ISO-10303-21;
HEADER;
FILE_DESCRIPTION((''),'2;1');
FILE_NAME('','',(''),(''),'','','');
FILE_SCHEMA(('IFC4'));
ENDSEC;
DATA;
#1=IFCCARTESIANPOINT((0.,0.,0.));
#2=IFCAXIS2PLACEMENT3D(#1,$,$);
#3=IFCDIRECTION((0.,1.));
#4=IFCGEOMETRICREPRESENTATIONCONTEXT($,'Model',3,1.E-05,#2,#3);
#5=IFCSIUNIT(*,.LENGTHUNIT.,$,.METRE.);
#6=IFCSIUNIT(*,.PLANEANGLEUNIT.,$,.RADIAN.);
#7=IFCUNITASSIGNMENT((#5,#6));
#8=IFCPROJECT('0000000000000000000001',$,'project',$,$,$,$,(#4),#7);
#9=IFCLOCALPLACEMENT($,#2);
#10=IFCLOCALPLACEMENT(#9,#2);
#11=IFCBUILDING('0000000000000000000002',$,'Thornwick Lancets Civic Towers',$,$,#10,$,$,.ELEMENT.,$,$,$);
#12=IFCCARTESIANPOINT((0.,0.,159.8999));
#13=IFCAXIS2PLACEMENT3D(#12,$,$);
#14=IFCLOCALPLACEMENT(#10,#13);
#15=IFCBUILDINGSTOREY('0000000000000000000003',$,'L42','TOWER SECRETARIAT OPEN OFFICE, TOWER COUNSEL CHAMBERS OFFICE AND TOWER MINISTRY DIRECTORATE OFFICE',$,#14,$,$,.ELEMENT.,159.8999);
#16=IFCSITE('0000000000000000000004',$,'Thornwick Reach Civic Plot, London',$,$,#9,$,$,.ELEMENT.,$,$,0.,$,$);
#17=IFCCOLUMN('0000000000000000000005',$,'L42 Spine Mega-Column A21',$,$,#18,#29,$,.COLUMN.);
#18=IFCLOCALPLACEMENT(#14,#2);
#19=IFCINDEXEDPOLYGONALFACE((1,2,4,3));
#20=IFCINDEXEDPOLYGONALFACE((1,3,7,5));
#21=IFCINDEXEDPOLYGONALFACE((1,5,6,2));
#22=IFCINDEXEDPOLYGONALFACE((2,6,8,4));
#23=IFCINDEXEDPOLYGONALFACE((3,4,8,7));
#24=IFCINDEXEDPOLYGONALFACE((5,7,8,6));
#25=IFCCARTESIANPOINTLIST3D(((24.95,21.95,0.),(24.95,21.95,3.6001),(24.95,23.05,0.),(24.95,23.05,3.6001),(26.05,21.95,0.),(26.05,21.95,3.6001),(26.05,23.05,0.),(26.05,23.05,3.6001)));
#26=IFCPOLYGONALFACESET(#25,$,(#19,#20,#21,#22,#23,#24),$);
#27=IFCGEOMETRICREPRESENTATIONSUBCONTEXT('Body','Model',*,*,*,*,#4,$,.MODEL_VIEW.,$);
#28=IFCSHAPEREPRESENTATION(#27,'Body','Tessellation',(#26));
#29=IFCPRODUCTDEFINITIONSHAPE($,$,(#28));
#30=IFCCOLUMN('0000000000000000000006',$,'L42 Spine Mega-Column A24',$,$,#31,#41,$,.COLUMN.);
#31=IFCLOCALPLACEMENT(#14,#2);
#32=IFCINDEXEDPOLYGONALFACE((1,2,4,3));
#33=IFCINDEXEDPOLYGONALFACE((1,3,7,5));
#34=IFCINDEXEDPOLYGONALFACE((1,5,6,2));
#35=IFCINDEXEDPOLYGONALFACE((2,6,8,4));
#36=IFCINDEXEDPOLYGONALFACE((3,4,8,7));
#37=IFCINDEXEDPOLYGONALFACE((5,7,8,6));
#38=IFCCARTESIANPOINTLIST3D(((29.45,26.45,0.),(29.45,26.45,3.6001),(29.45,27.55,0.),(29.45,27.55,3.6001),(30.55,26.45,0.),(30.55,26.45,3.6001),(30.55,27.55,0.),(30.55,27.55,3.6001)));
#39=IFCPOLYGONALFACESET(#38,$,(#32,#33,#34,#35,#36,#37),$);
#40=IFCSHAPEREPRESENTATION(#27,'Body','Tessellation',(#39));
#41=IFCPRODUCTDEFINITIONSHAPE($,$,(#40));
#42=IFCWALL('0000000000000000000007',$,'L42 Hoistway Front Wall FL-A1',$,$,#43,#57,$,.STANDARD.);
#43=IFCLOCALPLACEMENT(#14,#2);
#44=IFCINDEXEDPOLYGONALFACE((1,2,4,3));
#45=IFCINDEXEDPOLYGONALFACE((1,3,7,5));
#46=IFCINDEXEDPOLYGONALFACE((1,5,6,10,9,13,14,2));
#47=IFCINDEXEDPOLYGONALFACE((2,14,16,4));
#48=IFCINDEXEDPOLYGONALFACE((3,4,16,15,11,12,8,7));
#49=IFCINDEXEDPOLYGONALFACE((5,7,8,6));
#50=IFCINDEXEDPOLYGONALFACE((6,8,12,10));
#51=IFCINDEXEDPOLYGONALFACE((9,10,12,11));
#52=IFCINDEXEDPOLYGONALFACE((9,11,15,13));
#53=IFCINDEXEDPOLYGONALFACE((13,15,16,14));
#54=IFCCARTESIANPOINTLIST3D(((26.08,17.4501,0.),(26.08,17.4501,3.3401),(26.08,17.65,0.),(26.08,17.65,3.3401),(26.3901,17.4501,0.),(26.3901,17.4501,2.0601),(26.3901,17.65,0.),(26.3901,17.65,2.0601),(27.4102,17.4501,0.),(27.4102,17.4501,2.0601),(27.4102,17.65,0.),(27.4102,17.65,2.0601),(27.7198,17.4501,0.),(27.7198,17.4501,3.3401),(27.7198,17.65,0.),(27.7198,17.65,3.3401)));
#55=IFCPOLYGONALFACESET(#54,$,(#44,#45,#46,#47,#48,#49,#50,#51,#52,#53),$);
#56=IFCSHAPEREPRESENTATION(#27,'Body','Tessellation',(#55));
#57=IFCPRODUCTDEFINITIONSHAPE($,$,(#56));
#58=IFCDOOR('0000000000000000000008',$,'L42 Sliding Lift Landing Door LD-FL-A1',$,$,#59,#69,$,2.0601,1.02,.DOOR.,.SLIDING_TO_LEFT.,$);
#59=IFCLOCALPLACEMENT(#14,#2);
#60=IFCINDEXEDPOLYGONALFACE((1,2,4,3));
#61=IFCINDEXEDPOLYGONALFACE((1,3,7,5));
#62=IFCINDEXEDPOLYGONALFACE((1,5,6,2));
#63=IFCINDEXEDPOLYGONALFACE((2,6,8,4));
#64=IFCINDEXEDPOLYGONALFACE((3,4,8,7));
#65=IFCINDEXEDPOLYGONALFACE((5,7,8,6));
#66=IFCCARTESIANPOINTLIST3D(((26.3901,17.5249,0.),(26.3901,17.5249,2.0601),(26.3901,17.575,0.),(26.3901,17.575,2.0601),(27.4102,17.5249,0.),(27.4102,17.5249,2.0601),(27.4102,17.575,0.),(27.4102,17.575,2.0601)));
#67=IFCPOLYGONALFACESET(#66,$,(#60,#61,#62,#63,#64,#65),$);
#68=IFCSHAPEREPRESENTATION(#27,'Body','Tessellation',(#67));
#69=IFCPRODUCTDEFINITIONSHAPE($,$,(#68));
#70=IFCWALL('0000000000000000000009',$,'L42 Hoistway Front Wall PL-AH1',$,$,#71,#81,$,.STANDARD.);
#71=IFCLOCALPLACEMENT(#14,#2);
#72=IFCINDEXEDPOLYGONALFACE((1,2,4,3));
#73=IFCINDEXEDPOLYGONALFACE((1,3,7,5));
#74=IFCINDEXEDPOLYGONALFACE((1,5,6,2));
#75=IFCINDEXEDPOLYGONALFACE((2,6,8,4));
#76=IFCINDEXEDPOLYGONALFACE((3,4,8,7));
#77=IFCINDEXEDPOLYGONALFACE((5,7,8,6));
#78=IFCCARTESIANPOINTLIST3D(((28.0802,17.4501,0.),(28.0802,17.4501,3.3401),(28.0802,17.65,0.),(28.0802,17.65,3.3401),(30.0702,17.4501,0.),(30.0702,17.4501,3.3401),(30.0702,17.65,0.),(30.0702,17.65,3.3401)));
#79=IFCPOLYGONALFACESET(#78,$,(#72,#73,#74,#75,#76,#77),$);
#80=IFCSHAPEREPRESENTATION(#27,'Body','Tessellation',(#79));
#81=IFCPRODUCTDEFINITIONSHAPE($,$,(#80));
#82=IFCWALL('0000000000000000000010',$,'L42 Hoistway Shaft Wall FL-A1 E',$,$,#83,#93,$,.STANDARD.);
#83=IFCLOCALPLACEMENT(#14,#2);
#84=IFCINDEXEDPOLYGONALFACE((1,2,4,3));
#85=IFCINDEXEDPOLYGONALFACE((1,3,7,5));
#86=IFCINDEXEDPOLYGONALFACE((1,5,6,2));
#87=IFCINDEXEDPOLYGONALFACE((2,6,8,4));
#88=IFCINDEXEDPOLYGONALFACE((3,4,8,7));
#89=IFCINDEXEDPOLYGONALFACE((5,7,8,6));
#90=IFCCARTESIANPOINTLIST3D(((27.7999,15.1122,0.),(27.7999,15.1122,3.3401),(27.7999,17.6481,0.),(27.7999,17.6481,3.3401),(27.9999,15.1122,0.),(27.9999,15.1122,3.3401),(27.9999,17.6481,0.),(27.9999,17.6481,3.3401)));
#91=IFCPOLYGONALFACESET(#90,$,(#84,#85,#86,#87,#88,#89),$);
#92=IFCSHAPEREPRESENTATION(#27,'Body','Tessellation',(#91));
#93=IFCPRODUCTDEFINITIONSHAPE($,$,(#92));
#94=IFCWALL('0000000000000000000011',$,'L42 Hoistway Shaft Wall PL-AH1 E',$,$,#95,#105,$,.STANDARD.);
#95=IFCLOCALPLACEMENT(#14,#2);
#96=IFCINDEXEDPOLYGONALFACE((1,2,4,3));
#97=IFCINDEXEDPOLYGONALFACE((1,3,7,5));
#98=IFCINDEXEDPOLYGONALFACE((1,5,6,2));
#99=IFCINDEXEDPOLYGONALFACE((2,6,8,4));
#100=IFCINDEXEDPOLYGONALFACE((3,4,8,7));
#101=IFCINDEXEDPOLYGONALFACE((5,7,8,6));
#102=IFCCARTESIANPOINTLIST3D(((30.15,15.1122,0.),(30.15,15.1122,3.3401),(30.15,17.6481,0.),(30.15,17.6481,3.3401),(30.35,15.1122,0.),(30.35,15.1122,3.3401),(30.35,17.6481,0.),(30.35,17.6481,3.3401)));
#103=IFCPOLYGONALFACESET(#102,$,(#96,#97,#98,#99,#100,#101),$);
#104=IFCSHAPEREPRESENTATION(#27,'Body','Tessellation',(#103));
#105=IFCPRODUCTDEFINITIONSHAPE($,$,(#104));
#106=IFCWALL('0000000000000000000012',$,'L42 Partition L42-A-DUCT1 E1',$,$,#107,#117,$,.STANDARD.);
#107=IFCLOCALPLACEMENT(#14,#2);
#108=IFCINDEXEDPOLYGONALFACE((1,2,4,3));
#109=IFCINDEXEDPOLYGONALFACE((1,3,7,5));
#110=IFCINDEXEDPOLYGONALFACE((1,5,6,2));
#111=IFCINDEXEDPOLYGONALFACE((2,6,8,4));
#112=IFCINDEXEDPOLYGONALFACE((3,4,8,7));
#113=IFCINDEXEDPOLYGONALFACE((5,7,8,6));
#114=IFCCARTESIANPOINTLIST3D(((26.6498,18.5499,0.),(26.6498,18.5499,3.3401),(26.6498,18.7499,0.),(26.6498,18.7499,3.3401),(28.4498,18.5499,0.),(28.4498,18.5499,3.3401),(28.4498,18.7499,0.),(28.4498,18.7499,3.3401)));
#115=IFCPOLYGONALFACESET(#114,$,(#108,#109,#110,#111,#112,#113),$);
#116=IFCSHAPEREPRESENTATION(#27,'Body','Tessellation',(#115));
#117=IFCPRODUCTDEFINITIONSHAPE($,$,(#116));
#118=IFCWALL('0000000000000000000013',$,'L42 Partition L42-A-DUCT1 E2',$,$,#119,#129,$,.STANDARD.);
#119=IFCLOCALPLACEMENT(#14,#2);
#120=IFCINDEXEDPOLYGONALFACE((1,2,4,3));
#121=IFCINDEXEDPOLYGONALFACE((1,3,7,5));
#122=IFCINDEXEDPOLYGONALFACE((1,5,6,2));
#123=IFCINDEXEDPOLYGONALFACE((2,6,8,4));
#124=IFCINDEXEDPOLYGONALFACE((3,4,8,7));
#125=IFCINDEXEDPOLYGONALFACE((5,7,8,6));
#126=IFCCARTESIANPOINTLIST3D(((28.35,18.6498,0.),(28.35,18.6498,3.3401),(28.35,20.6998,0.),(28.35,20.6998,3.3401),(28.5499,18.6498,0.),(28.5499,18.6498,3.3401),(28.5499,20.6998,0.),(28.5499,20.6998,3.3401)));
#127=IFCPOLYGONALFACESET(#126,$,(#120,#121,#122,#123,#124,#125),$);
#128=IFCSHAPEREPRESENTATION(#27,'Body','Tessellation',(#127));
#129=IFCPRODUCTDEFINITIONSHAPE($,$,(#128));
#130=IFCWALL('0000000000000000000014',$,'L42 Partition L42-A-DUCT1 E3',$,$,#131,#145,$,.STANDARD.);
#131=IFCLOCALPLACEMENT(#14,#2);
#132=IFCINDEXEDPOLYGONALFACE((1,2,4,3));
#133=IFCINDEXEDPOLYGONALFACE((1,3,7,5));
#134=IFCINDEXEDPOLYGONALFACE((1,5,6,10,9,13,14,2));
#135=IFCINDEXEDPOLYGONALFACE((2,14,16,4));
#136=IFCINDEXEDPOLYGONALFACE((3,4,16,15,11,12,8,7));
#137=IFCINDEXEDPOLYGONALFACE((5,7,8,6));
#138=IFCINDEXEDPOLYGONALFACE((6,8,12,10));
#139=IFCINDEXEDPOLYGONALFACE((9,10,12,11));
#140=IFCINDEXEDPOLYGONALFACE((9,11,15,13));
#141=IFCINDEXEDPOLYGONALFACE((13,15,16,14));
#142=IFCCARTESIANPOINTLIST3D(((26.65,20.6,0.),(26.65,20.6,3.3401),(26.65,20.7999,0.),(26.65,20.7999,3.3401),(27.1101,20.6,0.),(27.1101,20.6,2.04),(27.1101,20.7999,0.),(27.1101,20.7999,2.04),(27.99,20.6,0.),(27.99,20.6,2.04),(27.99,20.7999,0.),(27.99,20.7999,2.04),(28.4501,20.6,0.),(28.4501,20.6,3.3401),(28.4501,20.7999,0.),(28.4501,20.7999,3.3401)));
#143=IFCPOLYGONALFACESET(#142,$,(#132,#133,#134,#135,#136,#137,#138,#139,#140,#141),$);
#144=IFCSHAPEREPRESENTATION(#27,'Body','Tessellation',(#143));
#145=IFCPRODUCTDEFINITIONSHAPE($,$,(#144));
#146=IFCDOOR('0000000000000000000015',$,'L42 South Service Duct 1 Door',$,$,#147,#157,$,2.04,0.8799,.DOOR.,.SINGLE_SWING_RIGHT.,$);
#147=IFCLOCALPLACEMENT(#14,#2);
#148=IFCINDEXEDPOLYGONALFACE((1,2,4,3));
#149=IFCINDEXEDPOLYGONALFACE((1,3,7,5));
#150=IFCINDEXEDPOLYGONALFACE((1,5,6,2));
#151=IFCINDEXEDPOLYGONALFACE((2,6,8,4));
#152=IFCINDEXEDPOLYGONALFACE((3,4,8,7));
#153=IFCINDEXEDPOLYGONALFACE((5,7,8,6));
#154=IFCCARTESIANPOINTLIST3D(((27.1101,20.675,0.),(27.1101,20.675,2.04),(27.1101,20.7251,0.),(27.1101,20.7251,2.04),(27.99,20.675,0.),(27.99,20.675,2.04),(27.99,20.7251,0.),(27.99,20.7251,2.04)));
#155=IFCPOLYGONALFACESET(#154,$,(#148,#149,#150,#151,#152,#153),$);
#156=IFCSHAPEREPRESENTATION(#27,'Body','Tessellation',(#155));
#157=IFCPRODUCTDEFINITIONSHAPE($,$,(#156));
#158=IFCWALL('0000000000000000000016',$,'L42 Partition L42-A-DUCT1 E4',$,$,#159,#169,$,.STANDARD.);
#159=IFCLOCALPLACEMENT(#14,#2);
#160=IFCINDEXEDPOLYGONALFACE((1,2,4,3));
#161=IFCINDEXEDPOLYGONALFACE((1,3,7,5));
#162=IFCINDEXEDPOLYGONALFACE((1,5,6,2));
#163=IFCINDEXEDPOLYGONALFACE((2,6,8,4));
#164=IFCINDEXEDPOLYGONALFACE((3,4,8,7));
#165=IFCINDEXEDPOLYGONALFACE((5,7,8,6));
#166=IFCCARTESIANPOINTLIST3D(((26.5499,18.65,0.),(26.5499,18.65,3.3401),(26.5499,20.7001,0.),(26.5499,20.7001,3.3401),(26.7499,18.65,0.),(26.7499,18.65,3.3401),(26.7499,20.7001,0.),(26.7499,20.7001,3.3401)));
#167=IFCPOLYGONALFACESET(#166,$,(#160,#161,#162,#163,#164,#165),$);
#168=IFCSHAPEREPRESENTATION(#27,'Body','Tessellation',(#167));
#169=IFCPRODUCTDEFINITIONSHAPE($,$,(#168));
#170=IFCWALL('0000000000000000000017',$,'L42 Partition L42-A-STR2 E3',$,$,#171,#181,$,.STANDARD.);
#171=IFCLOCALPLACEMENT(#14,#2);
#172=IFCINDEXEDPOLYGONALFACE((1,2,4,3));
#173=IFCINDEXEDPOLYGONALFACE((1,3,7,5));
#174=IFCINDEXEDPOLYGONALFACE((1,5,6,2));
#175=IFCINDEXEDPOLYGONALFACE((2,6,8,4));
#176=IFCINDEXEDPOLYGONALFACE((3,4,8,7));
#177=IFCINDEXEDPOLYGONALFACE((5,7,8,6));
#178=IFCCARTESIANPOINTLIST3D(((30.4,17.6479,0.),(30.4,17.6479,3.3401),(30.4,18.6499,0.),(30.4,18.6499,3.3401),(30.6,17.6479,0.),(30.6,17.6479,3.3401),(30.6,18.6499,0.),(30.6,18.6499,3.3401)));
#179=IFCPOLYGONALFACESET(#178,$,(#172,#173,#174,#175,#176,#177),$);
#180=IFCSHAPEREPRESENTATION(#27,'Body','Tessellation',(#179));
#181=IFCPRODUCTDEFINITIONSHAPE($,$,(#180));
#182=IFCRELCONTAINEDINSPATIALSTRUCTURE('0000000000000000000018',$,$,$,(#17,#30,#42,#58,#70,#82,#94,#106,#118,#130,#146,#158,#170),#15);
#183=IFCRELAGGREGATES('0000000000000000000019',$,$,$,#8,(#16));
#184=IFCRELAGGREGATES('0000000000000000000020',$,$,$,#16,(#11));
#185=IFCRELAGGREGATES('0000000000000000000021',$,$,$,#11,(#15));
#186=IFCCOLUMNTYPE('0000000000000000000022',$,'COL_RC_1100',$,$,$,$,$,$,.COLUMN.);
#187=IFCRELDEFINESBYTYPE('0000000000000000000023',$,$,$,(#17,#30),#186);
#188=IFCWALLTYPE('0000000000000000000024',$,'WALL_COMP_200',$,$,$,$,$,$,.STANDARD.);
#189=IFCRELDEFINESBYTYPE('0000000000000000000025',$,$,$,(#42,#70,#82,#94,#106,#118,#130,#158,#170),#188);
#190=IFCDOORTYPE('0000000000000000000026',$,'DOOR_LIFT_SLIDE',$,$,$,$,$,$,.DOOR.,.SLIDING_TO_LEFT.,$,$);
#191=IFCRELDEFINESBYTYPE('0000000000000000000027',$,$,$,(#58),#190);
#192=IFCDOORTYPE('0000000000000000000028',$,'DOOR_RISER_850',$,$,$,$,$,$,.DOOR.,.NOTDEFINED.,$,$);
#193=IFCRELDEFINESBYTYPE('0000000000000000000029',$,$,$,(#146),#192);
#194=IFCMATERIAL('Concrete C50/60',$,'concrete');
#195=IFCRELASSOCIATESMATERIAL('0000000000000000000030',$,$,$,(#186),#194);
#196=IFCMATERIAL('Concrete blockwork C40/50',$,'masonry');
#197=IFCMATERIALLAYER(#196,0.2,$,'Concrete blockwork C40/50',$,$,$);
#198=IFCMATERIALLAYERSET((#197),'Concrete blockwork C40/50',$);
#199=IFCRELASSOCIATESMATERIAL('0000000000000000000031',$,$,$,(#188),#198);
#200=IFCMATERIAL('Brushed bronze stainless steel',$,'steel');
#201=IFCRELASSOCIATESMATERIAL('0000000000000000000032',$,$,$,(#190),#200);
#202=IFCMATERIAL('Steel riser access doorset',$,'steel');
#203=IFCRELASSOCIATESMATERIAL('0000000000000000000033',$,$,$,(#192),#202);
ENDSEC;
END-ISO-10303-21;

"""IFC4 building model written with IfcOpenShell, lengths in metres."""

from ifc_helpers import new_model, si_unit, direction, frame, frame_2d, origin, origin_2d, place, context, subcontext, project, spatial, rectangle, extrude, material, layer, layer_set, material_profile, profile_set, type_object, element, fill, save


model = new_model("IFC4")

# Units and contexts
model_context = context("Model", 3, precision=1e-05, world=origin(), true_north=direction((0.0, 1.0)))
body_context = subcontext(model_context, "Body", "Model", "MODEL_VIEW")
ifc_project = project(units=[si_unit("LENGTHUNIT", "METRE"), si_unit("PLANEANGLEUNIT", "RADIAN")], contexts=[model_context])

# Site, building, storey
site_placement = place(None, origin())
site = spatial("IfcSite", under=ifc_project, at=site_placement, Name="Thornwick Reach Civic Plot, London", CompositionType="ELEMENT", RefElevation=0.0)
building_placement = place(site_placement, origin())
building = spatial("IfcBuilding", under=site, at=building_placement, Name="Thornwick Lancets Civic Towers", CompositionType="ELEMENT")
storey_placement = place(building_placement, frame((0.0, 0.0, 159.8999)))
storey = spatial("IfcBuildingStorey", under=building, at=storey_placement, Name="L42", Description="TOWER SECRETARIAT OPEN OFFICE, TOWER COUNSEL CHAMBERS OFFICE AND TOWER MINISTRY DIRECTORATE OFFICE", CompositionType="ELEMENT", Elevation=159.8999)

# Columns
ifc_material_1 = material(Name="Concrete C50/60", Category="concrete")
ifc_material_profile = material_profile(ifc_material_1, rectangle(XDim=1.1001, YDim=1.1001, at=origin_2d()), Name="RC 1100x1100")
ifc_profile_set = profile_set([ifc_material_profile], Name="Concrete C50/60")
column_type = type_object("IfcColumnType", Name="COL_RC_1100", PredefinedType="COLUMN", material=ifc_profile_set)
for number, where, z_axis, x_axis, name in (
    (1, (25.5, 22.5, 0.0), (0.0, 0.0, 1.0), (1.0, 0.0, 0.0), "L42 Spine Mega-Column A21"),
    (2, (30.0, 27.0, 0.0), (0.0, 0.0, 1.0), (1.0, 0.0, 0.0), "L42 Spine Mega-Column A24"),
):
    element("IfcColumn", number, at=place(storey_placement, frame(where, z_axis=z_axis, x_axis=x_axis)), inside=storey, type_object=column_type, Name=name, PredefinedType="COLUMN", context=body_context, shape_type="SweptSolid", body=[
        extrude(rectangle(XDim=1.1001, YDim=1.1001, at=origin_2d()), origin(), (0.0, 0.0, 1.0), 3.6001),
    ])

# Wall, opening, door
ifc_material_2 = material(Name="Concrete blockwork C40/50", Category="masonry")
ifc_layer_1 = layer(ifc_material_2, 0.2, Name="Concrete blockwork C40/50")
ifc_layer_set_1 = layer_set([ifc_layer_1], Name="Concrete blockwork C40/50")
wall_type_1 = type_object("IfcWallType", Name="WALL_COMP_200", PredefinedType="STANDARD", material=ifc_layer_set_1)
wall_1_placement = place(storey_placement, frame((26.0801, 17.55, 0.0), z_axis=(0.0, 0.0, 1.0), x_axis=(1.0, 0.0, 0.0)))
wall_1 = element("IfcWall", 3, at=wall_1_placement, inside=storey, type_object=wall_type_1, Name="L42 Hoistway Front Wall FL-A1", PredefinedType="STANDARD", context=body_context, shape_type="SweptSolid", body=[
    extrude(rectangle(XDim=1.6399, YDim=0.2, at=frame_2d((0.8198, 0.0))), origin(), (0.0, 0.0, 1.0), 3.3401),
])
opening_1_placement = place(wall_1_placement, frame((0.3101, 0.0, 0.0)))
opening_1 = element("IfcOpeningElement", 4, at=opening_1_placement, cuts=wall_1, PredefinedType="OPENING", context=body_context, shape_type="SweptSolid", body=[
    extrude(rectangle(XDim=1.02, YDim=2.0601, at=frame_2d((0.51, 1.03))), frame((0.0, 0.1099, 0.0), z_axis=(0.0, -1.0, 0.0), x_axis=(1.0, 0.0, 0.0)), (0.0, 0.0, 1.0), 0.22),
])
ifc_material_3 = material(Name="Brushed bronze stainless steel", Category="steel")
door_type_1 = type_object("IfcDoorType", Name="DOOR_LIFT_SLIDE", OperationType="SLIDING_TO_LEFT", PredefinedType="DOOR", material=ifc_material_3)
door_1_placement = place(opening_1_placement, origin())
door_1 = element("IfcDoor", 5, at=door_1_placement, inside=storey, type_object=door_type_1, Name="L42 Sliding Lift Landing Door LD-FL-A1", OperationType="SLIDING_TO_LEFT", OverallHeight=2.0601, OverallWidth=1.02, PredefinedType="DOOR", context=body_context, shape_type="SweptSolid", body=[
    extrude(rectangle(XDim=1.02, YDim=2.0601, at=frame_2d((0.51, 1.03))), frame((0.0, 0.0249, 0.0), z_axis=(0.0, -1.0, 0.0), x_axis=(1.0, 0.0, 0.0)), (0.0, 0.0, 1.0), 0.05),
])
fill(opening_1, door_1)

# Walls
wall_2_placement = place(storey_placement, frame((28.0801, 17.55, 0.0), z_axis=(0.0, 0.0, 1.0), x_axis=(1.0, 0.0, 0.0)))
element("IfcWall", 6, at=wall_2_placement, inside=storey, type_object=wall_type_1, Name="L42 Hoistway Front Wall PL-AH1", PredefinedType="STANDARD", context=body_context, shape_type="SweptSolid", body=[
    extrude(rectangle(XDim=1.99, YDim=0.2, at=frame_2d((0.9951, 0.0))), origin(), (0.0, 0.0, 1.0), 3.3401),
])
for number, where, z_axis, x_axis, name in (
    (7, (27.8999, 15.1121, 0.0), (0.0, 0.0, 1.0), (0.0, 1.0, 0.0), "L42 Hoistway Shaft Wall FL-A1 E"),
    (8, (30.25, 15.1121, 0.0), (0.0, 0.0, 1.0), (0.0, 1.0, 0.0), "L42 Hoistway Shaft Wall PL-AH1 E"),
):
    element("IfcWall", number, at=place(storey_placement, frame(where, z_axis=z_axis, x_axis=x_axis)), inside=storey, type_object=wall_type_1, Name=name, PredefinedType="STANDARD", context=body_context, shape_type="SweptSolid", body=[
        extrude(rectangle(XDim=2.5359, YDim=0.2, at=frame_2d((1.2681, 0.0))), origin(), (0.0, 0.0, 1.0), 3.3401),
    ])
wall_3_placement = place(storey_placement, frame((26.6499, 18.6499, 0.0), z_axis=(0.0, 0.0, 1.0), x_axis=(1.0, 0.0, 0.0)))
element("IfcWall", 9, at=wall_3_placement, inside=storey, type_object=wall_type_1, Name="L42 Partition L42-A-DUCT1 E1", PredefinedType="STANDARD", context=body_context, shape_type="SweptSolid", body=[
    extrude(rectangle(XDim=1.8, YDim=0.2, at=frame_2d((0.8999, 0.0))), origin(), (0.0, 0.0, 1.0), 3.3401),
])
wall_4_placement = place(storey_placement, frame((28.45, 18.6499, 0.0), z_axis=(0.0, 0.0, 1.0), x_axis=(0.0, 1.0, 0.0)))
element("IfcWall", 10, at=wall_4_placement, inside=storey, type_object=wall_type_1, Name="L42 Partition L42-A-DUCT1 E2", PredefinedType="STANDARD", context=body_context, shape_type="SweptSolid", body=[
    extrude(rectangle(XDim=2.05, YDim=0.2, at=frame_2d((1.0249, 0.0))), origin(), (0.0, 0.0, 1.0), 3.3401),
])

# Wall, opening, door
wall_5_placement = place(storey_placement, frame((28.45, 20.7, 0.0), z_axis=(0.0, 0.0, 1.0), x_axis=(-1.0, 0.0, 0.0)))
wall_5 = element("IfcWall", 11, at=wall_5_placement, inside=storey, type_object=wall_type_1, Name="L42 Partition L42-A-DUCT1 E3", PredefinedType="STANDARD", context=body_context, shape_type="SweptSolid", body=[
    extrude(rectangle(XDim=1.8, YDim=0.2, at=frame_2d((0.8999, 0.0))), origin(), (0.0, 0.0, 1.0), 3.3401),
])
opening_2_placement = place(wall_5_placement, frame((0.46, 0.0, 0.0)))
opening_2 = element("IfcOpeningElement", 12, at=opening_2_placement, cuts=wall_5, PredefinedType="OPENING", context=body_context, shape_type="SweptSolid", body=[
    extrude(rectangle(XDim=0.8799, YDim=2.04, at=frame_2d((0.4399, 1.02))), frame((0.0, 0.1099, 0.0), z_axis=(0.0, -1.0, 0.0), x_axis=(1.0, 0.0, 0.0)), (0.0, 0.0, 1.0), 0.22),
])
ifc_material_4 = material(Name="Steel riser access doorset", Category="steel")
door_type_2 = type_object("IfcDoorType", Name="DOOR_RISER_850", OperationType="NOTDEFINED", PredefinedType="DOOR", material=ifc_material_4)
door_2_placement = place(opening_2_placement, origin())
door_2 = element("IfcDoor", 13, at=door_2_placement, inside=storey, type_object=door_type_2, Name="L42 South Service Duct 1 Door", OperationType="SINGLE_SWING_RIGHT", OverallHeight=2.04, OverallWidth=0.8799, PredefinedType="DOOR", context=body_context, shape_type="SweptSolid", body=[
    extrude(rectangle(XDim=0.8799, YDim=2.04, at=frame_2d((0.4399, 1.02))), frame((0.0, 0.0249, 0.0), z_axis=(0.0, -1.0, 0.0), x_axis=(1.0, 0.0, 0.0)), (0.0, 0.0, 1.0), 0.05),
])
fill(opening_2, door_2)

# Walls
wall_6_placement = place(storey_placement, frame((26.6499, 20.7, 0.0), z_axis=(0.0, 0.0, 1.0), x_axis=(0.0, -1.0, 0.0)))
element("IfcWall", 14, at=wall_6_placement, inside=storey, type_object=wall_type_1, Name="L42 Partition L42-A-DUCT1 E4", PredefinedType="STANDARD", context=body_context, shape_type="SweptSolid", body=[
    extrude(rectangle(XDim=2.05, YDim=0.2, at=frame_2d((1.0249, 0.0))), origin(), (0.0, 0.0, 1.0), 3.3401),
])
wall_7_placement = place(storey_placement, frame((30.5, 17.6479, 0.0), z_axis=(0.0, 0.0, 1.0), x_axis=(0.0, 1.0, 0.0)))
element("IfcWall", 15, at=wall_7_placement, inside=storey, type_object=wall_type_1, Name="L42 Partition L42-A-STR2 E3", PredefinedType="STANDARD", context=body_context, shape_type="SweptSolid", body=[
    extrude(rectangle(XDim=1.002, YDim=0.2, at=frame_2d((0.501, 0.0))), origin(), (0.0, 0.0, 1.0), 3.3401),
])

save(model, "model.ifc")
